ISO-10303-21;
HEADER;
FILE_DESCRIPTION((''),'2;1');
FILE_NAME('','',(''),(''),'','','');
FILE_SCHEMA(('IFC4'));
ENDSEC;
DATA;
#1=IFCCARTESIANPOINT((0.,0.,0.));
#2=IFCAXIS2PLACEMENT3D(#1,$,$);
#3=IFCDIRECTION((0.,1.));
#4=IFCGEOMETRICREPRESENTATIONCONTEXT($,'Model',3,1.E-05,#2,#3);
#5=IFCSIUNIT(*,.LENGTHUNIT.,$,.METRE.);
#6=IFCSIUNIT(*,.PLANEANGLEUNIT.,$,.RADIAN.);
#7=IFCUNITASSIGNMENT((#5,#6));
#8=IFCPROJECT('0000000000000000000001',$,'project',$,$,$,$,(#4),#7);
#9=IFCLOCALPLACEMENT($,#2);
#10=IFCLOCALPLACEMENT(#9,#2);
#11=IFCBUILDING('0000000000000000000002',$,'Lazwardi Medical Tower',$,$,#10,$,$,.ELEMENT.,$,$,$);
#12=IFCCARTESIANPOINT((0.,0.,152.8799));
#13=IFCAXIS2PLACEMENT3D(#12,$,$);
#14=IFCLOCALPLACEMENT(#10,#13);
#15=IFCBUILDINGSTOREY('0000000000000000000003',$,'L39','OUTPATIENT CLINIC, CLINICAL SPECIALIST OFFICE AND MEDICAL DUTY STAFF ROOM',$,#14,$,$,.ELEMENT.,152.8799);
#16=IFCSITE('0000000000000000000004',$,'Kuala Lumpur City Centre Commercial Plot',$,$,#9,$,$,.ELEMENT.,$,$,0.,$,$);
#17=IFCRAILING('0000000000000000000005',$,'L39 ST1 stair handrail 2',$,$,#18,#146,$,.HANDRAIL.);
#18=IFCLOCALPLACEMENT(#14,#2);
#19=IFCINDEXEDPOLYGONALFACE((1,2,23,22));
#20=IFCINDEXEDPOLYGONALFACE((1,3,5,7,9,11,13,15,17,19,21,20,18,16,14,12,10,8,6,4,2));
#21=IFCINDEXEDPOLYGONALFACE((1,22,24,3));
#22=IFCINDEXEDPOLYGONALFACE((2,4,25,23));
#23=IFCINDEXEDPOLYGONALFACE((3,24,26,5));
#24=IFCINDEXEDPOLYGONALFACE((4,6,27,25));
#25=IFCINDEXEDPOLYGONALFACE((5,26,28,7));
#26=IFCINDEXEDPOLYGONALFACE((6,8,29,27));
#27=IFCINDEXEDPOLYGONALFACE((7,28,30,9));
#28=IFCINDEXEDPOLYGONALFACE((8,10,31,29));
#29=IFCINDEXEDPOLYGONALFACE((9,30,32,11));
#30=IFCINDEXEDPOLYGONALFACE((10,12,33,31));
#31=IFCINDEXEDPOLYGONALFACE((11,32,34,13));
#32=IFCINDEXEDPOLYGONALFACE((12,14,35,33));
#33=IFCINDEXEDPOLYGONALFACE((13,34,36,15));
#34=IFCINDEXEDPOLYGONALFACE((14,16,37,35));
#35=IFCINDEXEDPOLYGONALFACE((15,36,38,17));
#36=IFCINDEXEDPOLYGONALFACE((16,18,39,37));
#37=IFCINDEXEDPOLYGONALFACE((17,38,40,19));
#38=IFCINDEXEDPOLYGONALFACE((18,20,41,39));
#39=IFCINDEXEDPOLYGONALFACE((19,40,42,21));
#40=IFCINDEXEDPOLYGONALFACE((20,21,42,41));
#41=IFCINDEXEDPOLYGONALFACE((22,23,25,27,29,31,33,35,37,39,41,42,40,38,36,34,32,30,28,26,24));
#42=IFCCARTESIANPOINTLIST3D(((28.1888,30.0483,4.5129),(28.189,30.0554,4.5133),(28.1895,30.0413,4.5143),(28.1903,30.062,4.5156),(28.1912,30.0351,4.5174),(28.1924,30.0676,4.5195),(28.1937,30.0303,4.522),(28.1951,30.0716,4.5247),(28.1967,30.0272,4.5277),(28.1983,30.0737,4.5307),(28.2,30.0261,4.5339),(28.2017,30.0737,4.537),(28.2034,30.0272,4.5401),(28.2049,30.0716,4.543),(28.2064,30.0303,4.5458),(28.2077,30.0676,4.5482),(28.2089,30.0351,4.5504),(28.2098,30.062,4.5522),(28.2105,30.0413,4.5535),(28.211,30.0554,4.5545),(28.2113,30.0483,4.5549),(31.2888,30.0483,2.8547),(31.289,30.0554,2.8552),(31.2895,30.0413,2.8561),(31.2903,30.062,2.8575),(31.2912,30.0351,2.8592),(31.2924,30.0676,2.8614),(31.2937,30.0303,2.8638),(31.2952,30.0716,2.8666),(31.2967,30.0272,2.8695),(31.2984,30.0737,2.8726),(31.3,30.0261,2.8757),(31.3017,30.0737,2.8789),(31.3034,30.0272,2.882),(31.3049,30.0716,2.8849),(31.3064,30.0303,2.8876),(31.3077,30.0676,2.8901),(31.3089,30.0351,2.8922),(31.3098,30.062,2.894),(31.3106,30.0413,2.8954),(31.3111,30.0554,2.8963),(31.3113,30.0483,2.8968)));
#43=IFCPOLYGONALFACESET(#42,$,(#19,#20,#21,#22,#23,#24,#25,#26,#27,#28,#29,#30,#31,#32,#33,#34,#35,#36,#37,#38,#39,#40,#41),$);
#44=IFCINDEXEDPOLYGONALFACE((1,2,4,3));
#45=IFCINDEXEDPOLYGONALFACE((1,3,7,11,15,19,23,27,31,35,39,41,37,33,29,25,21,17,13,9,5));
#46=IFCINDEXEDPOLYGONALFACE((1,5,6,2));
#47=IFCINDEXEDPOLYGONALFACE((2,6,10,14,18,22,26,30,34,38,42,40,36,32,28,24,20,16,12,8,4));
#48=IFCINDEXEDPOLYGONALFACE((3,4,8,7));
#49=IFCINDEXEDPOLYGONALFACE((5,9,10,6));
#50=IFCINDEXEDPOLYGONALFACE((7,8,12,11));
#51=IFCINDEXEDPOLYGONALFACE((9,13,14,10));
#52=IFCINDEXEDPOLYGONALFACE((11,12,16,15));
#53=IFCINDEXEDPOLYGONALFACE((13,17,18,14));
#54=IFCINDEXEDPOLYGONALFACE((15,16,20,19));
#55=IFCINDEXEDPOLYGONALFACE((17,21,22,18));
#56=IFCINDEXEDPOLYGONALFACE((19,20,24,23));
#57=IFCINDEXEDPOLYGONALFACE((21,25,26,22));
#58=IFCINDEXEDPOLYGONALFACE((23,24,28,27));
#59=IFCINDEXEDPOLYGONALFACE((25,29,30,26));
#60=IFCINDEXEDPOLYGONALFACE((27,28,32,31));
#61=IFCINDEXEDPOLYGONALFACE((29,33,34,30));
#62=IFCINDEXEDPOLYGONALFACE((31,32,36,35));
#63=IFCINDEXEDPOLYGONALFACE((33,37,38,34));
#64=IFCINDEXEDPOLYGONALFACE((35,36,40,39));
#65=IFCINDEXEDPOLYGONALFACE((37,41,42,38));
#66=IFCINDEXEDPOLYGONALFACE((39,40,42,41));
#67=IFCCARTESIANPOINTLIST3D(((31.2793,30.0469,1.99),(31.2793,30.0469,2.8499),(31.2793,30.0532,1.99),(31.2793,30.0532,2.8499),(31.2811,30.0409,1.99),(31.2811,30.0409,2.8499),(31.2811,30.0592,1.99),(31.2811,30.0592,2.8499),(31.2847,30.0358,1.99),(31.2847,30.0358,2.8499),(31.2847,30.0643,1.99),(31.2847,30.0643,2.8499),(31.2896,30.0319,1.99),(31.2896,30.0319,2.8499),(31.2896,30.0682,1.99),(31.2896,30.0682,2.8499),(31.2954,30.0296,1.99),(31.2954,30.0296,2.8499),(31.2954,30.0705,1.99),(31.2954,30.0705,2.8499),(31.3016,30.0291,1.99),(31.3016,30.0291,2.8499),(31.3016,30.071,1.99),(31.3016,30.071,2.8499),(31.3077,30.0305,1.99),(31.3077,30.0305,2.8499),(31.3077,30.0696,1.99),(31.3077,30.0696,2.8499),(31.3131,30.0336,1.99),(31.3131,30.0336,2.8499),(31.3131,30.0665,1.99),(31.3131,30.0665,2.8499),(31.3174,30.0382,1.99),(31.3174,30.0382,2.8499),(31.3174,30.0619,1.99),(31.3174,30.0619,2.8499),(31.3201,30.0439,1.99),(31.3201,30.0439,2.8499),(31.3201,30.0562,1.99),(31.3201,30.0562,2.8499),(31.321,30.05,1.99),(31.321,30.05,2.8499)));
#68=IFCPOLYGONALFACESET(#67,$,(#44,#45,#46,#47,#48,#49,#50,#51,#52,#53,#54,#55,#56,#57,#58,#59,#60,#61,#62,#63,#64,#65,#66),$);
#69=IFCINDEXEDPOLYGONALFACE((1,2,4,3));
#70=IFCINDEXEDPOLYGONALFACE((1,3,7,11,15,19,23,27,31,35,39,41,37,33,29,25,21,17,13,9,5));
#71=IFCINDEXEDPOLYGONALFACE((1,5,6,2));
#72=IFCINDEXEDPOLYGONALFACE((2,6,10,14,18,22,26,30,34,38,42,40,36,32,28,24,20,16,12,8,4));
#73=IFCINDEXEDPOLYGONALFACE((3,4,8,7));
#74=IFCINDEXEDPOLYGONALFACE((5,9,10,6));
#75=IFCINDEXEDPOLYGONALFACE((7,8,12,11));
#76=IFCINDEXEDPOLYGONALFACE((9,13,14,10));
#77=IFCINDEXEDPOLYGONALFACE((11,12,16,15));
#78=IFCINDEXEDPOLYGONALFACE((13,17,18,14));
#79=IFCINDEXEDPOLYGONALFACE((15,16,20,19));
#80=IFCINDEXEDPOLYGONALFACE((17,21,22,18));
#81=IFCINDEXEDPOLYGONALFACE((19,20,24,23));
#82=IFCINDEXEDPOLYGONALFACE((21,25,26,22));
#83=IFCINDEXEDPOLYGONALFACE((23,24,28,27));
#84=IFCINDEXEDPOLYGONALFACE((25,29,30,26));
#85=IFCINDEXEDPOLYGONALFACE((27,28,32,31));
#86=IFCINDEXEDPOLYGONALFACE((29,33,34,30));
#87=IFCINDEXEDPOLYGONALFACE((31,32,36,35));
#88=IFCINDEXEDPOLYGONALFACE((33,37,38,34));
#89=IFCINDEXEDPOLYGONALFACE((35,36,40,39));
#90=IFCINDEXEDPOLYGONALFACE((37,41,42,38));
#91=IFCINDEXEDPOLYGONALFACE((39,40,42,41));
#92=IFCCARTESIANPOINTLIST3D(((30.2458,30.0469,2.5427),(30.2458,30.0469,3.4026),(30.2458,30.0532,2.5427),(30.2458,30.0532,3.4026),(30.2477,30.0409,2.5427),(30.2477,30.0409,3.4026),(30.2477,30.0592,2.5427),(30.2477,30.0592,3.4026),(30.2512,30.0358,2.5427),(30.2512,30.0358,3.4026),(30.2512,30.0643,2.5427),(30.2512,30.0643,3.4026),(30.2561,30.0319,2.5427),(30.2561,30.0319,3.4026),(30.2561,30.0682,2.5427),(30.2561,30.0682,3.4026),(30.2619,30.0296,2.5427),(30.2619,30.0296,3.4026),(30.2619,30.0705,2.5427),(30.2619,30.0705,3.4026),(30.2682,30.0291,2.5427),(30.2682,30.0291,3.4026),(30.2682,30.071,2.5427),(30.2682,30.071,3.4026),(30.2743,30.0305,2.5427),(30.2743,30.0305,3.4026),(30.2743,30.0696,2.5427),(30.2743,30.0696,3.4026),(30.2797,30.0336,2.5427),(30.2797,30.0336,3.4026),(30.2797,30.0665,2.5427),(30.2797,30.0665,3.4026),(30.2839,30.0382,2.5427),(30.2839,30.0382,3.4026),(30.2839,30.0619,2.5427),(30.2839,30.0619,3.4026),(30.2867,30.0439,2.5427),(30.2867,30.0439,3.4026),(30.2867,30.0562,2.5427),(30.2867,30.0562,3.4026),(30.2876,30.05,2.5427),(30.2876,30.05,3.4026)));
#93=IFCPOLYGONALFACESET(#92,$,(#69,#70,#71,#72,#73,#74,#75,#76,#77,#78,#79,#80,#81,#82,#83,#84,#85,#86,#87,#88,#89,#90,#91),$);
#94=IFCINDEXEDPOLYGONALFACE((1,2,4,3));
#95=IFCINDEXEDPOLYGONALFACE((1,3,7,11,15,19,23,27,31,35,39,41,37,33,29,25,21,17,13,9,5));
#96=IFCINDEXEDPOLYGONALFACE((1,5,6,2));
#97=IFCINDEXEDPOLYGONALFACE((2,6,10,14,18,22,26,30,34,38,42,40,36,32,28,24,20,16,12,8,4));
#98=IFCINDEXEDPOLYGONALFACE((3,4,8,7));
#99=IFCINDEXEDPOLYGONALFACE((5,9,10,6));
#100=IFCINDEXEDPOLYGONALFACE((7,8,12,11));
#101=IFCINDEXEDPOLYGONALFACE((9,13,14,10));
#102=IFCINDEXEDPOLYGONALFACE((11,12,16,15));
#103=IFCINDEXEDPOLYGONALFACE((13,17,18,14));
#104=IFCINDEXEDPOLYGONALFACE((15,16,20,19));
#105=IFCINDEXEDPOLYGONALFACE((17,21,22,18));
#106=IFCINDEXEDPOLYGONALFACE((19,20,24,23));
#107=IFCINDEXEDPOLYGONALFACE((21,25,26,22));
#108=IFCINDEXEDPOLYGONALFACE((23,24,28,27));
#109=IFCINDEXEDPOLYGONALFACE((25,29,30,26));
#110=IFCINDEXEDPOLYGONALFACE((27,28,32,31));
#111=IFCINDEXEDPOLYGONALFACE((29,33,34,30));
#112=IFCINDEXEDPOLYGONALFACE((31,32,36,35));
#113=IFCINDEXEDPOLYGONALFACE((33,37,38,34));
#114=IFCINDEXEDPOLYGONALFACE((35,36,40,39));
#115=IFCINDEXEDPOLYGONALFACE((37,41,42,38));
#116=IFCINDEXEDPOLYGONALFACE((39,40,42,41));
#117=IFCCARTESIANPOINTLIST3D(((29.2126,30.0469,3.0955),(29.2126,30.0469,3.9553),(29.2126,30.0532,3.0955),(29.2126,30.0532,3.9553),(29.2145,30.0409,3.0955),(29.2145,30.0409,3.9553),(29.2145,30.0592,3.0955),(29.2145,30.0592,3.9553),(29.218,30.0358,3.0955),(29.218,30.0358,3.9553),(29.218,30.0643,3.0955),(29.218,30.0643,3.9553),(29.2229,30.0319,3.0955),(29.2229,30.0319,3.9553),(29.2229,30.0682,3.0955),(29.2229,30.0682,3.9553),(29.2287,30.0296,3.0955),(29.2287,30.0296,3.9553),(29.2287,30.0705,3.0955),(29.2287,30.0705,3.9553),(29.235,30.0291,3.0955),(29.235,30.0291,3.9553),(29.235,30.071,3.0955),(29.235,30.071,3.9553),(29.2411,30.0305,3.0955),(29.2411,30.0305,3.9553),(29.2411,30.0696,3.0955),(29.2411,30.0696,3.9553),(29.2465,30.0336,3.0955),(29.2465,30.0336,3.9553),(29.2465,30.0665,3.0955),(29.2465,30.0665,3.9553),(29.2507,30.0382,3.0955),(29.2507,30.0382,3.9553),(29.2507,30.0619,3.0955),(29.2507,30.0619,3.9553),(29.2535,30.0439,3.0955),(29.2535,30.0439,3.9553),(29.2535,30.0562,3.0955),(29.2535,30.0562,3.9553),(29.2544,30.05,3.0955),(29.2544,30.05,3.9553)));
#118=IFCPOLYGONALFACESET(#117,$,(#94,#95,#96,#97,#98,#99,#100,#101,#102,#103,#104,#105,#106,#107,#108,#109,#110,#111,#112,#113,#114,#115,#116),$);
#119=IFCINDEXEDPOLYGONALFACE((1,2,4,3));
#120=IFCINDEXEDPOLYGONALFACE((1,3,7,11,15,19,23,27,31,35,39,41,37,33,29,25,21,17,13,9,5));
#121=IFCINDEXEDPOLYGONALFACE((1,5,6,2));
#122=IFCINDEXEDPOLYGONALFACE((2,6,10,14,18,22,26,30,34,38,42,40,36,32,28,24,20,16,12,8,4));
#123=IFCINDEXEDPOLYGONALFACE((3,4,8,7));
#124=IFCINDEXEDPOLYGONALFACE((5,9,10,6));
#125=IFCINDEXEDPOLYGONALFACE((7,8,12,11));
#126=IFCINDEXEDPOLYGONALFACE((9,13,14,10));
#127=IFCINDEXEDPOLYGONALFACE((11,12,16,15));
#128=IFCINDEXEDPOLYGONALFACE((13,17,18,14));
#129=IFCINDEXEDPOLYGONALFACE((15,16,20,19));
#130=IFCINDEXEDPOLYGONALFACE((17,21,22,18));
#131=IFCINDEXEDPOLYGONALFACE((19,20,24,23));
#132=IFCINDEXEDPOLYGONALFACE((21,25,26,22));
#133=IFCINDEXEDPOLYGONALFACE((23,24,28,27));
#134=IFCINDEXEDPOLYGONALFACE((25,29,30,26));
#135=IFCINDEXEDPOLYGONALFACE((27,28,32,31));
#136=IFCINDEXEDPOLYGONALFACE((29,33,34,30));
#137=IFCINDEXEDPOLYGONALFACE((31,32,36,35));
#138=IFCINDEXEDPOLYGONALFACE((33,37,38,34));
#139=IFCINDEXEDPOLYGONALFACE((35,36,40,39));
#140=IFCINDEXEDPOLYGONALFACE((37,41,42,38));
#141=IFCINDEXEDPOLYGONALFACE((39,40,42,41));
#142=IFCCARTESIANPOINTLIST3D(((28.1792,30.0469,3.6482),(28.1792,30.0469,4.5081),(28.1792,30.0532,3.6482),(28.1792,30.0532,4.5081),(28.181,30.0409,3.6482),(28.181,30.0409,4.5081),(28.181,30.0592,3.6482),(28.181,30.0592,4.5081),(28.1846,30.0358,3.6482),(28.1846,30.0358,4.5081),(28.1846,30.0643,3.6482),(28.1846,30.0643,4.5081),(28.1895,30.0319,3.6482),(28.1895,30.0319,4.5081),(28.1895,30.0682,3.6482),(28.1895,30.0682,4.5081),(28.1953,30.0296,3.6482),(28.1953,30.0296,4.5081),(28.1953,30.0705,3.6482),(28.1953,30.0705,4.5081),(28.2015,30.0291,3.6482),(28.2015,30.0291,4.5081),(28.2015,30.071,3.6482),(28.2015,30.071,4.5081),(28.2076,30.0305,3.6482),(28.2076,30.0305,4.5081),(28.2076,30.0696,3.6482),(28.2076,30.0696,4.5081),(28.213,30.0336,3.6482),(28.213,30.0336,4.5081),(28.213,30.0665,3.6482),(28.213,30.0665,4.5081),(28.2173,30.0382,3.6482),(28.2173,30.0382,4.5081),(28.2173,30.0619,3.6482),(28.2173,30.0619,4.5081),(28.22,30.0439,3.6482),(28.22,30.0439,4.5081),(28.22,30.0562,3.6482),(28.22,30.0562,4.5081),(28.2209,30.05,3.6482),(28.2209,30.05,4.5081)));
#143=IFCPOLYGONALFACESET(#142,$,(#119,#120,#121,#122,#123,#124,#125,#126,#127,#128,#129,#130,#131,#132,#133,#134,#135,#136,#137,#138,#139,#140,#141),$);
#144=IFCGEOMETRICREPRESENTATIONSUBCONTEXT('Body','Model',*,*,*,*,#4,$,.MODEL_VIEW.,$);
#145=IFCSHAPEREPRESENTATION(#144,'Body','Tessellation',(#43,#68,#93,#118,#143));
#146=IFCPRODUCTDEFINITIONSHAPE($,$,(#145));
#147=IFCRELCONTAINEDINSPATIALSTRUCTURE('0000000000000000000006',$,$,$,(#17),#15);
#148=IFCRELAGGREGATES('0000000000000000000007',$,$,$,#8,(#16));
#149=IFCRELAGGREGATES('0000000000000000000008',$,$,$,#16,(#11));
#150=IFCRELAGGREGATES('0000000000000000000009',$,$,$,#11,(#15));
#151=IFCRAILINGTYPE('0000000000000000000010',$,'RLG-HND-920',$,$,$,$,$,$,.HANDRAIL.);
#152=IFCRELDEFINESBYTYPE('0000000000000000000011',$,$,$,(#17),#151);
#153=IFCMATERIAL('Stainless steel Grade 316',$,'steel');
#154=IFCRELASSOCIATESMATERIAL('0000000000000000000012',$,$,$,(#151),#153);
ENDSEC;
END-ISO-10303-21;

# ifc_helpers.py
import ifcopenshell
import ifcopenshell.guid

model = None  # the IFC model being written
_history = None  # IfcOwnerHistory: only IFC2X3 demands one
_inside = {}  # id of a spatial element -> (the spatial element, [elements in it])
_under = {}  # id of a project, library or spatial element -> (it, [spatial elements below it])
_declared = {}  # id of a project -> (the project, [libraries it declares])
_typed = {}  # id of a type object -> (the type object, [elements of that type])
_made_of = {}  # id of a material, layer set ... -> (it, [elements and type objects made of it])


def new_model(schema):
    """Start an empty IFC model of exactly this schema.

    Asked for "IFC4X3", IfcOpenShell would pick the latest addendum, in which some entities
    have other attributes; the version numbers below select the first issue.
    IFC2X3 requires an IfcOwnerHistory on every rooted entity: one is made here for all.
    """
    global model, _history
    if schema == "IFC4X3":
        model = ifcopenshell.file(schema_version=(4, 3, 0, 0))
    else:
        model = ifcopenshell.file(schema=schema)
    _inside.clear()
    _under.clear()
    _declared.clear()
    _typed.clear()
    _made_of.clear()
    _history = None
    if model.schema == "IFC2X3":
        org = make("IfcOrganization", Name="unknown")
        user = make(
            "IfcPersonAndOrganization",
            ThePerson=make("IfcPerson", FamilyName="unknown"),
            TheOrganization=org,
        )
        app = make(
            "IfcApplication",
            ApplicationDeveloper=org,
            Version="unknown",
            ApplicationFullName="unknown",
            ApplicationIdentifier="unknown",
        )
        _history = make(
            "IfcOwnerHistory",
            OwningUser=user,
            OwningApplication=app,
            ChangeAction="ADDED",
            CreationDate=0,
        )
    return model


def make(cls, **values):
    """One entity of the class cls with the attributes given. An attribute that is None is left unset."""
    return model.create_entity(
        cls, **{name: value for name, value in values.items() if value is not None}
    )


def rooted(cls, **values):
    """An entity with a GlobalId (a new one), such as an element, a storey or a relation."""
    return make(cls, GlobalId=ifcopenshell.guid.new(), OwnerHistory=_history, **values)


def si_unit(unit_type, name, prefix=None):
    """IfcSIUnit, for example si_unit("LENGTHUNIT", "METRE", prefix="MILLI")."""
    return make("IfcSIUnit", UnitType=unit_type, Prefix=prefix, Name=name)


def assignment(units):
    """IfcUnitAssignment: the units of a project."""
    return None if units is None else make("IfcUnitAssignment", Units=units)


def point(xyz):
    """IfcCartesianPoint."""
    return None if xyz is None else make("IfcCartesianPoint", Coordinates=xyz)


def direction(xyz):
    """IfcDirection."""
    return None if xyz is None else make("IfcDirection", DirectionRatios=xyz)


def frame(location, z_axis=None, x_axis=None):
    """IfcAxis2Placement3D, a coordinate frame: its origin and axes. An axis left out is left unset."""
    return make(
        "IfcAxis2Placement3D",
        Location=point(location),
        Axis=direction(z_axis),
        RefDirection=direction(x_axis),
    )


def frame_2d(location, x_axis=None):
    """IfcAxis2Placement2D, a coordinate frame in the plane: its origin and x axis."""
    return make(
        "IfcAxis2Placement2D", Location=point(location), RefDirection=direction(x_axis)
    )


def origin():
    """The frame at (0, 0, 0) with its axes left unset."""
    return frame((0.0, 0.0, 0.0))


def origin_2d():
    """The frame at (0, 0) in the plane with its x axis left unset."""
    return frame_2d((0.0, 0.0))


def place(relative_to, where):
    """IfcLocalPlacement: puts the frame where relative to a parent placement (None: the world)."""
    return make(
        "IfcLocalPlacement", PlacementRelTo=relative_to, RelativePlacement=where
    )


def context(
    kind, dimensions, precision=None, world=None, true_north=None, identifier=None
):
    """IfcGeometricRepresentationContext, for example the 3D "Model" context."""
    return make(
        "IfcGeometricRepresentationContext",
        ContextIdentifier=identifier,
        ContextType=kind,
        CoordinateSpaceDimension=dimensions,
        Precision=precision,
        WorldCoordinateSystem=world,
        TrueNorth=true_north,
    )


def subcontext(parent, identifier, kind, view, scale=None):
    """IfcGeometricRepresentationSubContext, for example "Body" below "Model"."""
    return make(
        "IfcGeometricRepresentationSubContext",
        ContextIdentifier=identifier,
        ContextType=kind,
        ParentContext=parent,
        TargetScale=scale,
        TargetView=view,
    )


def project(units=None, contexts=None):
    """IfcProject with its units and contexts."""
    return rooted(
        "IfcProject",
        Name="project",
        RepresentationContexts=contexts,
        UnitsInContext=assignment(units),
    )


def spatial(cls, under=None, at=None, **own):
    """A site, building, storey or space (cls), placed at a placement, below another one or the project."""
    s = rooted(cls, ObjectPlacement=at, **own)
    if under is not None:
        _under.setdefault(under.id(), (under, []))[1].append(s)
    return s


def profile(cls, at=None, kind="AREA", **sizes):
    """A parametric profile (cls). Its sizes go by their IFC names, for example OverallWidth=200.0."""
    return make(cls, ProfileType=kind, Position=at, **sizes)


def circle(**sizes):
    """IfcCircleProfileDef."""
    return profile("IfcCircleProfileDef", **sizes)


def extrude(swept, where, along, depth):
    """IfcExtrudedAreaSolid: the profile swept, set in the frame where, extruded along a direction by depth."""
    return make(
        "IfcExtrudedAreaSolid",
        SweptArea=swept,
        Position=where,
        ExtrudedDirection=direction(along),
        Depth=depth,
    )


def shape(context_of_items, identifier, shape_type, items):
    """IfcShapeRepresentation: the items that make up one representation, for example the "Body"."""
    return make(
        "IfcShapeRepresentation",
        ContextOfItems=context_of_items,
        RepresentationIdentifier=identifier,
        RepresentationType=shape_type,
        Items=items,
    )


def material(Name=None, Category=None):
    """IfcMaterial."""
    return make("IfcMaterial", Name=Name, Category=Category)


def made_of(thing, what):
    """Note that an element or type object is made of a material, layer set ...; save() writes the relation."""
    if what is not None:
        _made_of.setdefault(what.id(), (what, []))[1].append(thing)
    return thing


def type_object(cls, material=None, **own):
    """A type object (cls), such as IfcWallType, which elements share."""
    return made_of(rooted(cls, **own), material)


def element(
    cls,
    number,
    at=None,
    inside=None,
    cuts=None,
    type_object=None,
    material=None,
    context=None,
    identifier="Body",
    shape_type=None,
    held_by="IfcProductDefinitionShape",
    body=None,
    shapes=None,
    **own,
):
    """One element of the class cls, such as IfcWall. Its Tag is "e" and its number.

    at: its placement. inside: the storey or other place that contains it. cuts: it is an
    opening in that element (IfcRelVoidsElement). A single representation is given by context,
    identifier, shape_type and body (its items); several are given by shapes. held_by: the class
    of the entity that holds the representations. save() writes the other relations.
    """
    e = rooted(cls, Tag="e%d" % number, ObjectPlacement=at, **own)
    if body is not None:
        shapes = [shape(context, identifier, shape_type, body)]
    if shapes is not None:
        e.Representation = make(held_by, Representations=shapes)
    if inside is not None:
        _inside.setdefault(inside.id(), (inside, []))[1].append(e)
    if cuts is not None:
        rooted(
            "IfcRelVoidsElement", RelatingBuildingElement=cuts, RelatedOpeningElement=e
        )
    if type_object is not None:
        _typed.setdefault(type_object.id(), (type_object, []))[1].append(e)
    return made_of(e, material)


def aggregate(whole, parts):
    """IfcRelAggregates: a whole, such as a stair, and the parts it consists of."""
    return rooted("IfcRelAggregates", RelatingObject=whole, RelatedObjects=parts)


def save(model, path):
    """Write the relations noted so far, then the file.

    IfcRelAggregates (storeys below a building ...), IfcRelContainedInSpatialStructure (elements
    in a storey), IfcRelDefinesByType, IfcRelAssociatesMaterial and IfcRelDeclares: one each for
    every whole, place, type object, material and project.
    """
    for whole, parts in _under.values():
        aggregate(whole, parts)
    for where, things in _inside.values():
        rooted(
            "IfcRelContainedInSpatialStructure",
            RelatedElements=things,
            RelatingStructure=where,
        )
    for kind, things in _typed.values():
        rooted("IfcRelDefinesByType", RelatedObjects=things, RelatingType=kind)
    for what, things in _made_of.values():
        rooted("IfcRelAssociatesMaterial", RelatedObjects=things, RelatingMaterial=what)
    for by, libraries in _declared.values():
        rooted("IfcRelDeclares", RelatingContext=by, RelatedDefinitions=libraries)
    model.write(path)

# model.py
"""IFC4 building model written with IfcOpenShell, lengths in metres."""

from ifc_helpers import new_model, si_unit, direction, frame, origin, origin_2d, place, context, subcontext, project, spatial, circle, extrude, material, type_object, element, save


model = new_model("IFC4")

# Units and contexts
model_context = context("Model", 3, precision=1e-05, world=origin(), true_north=direction((0.0, 1.0)))
body_context = subcontext(model_context, "Body", "Model", "MODEL_VIEW")
ifc_project = project(units=[si_unit("LENGTHUNIT", "METRE"), si_unit("PLANEANGLEUNIT", "RADIAN")], contexts=[model_context])

# Site, building, storey
site_placement = place(None, origin())
site = spatial("IfcSite", under=ifc_project, at=site_placement, Name="Kuala Lumpur City Centre Commercial Plot", CompositionType="ELEMENT", RefElevation=0.0)
building_placement = place(site_placement, origin())
building = spatial("IfcBuilding", under=site, at=building_placement, Name="Lazwardi Medical Tower", CompositionType="ELEMENT")
storey_placement = place(building_placement, frame((0.0, 0.0, 152.8799)))
storey = spatial("IfcBuildingStorey", under=building, at=storey_placement, Name="L39", Description="OUTPATIENT CLINIC, CLINICAL SPECIALIST OFFICE AND MEDICAL DUTY STAFF ROOM", CompositionType="ELEMENT", Elevation=152.8799)

# Railing
ifc_material_1 = material(Name="Stainless steel Grade 316", Category="steel")
railing_type_1 = type_object("IfcRailingType", Name="RLG-HND-920", PredefinedType="HANDRAIL", material=ifc_material_1)
railing_1_placement = place(storey_placement, frame((31.3, 30.05, 1.99)))
element("IfcRailing", 1, at=railing_1_placement, inside=storey, type_object=railing_type_1, Name="L39 ST1 stair handrail 2", PredefinedType="HANDRAIL", context=body_context, shape_type="SweptSolid", body=[
    extrude(circle(Radius=0.0239, at=origin_2d()), frame((0.0, 0.0, 0.8857), z_axis=(-0.881783, 0.0, 0.471655), x_axis=(0.0, -1.0, 0.0)), (0.0, 0.0, 1.0), 3.5156),
    extrude(circle(Radius=0.021, at=origin_2d()), origin(), (0.0, 0.0, 1.0), 0.8599),
    extrude(circle(Radius=0.021, at=origin_2d()), frame((-1.0334, 0.0, 0.5527)), (0.0, 0.0, 1.0), 0.8599),
    extrude(circle(Radius=0.021, at=origin_2d()), frame((-2.0667, 0.0, 1.1055)), (0.0, 0.0, 1.0), 0.8599),
    extrude(circle(Radius=0.021, at=origin_2d()), frame((-3.1001, 0.0, 1.6582)), (0.0, 0.0, 1.0), 0.8599),
])

save(model, "model.ifc")
